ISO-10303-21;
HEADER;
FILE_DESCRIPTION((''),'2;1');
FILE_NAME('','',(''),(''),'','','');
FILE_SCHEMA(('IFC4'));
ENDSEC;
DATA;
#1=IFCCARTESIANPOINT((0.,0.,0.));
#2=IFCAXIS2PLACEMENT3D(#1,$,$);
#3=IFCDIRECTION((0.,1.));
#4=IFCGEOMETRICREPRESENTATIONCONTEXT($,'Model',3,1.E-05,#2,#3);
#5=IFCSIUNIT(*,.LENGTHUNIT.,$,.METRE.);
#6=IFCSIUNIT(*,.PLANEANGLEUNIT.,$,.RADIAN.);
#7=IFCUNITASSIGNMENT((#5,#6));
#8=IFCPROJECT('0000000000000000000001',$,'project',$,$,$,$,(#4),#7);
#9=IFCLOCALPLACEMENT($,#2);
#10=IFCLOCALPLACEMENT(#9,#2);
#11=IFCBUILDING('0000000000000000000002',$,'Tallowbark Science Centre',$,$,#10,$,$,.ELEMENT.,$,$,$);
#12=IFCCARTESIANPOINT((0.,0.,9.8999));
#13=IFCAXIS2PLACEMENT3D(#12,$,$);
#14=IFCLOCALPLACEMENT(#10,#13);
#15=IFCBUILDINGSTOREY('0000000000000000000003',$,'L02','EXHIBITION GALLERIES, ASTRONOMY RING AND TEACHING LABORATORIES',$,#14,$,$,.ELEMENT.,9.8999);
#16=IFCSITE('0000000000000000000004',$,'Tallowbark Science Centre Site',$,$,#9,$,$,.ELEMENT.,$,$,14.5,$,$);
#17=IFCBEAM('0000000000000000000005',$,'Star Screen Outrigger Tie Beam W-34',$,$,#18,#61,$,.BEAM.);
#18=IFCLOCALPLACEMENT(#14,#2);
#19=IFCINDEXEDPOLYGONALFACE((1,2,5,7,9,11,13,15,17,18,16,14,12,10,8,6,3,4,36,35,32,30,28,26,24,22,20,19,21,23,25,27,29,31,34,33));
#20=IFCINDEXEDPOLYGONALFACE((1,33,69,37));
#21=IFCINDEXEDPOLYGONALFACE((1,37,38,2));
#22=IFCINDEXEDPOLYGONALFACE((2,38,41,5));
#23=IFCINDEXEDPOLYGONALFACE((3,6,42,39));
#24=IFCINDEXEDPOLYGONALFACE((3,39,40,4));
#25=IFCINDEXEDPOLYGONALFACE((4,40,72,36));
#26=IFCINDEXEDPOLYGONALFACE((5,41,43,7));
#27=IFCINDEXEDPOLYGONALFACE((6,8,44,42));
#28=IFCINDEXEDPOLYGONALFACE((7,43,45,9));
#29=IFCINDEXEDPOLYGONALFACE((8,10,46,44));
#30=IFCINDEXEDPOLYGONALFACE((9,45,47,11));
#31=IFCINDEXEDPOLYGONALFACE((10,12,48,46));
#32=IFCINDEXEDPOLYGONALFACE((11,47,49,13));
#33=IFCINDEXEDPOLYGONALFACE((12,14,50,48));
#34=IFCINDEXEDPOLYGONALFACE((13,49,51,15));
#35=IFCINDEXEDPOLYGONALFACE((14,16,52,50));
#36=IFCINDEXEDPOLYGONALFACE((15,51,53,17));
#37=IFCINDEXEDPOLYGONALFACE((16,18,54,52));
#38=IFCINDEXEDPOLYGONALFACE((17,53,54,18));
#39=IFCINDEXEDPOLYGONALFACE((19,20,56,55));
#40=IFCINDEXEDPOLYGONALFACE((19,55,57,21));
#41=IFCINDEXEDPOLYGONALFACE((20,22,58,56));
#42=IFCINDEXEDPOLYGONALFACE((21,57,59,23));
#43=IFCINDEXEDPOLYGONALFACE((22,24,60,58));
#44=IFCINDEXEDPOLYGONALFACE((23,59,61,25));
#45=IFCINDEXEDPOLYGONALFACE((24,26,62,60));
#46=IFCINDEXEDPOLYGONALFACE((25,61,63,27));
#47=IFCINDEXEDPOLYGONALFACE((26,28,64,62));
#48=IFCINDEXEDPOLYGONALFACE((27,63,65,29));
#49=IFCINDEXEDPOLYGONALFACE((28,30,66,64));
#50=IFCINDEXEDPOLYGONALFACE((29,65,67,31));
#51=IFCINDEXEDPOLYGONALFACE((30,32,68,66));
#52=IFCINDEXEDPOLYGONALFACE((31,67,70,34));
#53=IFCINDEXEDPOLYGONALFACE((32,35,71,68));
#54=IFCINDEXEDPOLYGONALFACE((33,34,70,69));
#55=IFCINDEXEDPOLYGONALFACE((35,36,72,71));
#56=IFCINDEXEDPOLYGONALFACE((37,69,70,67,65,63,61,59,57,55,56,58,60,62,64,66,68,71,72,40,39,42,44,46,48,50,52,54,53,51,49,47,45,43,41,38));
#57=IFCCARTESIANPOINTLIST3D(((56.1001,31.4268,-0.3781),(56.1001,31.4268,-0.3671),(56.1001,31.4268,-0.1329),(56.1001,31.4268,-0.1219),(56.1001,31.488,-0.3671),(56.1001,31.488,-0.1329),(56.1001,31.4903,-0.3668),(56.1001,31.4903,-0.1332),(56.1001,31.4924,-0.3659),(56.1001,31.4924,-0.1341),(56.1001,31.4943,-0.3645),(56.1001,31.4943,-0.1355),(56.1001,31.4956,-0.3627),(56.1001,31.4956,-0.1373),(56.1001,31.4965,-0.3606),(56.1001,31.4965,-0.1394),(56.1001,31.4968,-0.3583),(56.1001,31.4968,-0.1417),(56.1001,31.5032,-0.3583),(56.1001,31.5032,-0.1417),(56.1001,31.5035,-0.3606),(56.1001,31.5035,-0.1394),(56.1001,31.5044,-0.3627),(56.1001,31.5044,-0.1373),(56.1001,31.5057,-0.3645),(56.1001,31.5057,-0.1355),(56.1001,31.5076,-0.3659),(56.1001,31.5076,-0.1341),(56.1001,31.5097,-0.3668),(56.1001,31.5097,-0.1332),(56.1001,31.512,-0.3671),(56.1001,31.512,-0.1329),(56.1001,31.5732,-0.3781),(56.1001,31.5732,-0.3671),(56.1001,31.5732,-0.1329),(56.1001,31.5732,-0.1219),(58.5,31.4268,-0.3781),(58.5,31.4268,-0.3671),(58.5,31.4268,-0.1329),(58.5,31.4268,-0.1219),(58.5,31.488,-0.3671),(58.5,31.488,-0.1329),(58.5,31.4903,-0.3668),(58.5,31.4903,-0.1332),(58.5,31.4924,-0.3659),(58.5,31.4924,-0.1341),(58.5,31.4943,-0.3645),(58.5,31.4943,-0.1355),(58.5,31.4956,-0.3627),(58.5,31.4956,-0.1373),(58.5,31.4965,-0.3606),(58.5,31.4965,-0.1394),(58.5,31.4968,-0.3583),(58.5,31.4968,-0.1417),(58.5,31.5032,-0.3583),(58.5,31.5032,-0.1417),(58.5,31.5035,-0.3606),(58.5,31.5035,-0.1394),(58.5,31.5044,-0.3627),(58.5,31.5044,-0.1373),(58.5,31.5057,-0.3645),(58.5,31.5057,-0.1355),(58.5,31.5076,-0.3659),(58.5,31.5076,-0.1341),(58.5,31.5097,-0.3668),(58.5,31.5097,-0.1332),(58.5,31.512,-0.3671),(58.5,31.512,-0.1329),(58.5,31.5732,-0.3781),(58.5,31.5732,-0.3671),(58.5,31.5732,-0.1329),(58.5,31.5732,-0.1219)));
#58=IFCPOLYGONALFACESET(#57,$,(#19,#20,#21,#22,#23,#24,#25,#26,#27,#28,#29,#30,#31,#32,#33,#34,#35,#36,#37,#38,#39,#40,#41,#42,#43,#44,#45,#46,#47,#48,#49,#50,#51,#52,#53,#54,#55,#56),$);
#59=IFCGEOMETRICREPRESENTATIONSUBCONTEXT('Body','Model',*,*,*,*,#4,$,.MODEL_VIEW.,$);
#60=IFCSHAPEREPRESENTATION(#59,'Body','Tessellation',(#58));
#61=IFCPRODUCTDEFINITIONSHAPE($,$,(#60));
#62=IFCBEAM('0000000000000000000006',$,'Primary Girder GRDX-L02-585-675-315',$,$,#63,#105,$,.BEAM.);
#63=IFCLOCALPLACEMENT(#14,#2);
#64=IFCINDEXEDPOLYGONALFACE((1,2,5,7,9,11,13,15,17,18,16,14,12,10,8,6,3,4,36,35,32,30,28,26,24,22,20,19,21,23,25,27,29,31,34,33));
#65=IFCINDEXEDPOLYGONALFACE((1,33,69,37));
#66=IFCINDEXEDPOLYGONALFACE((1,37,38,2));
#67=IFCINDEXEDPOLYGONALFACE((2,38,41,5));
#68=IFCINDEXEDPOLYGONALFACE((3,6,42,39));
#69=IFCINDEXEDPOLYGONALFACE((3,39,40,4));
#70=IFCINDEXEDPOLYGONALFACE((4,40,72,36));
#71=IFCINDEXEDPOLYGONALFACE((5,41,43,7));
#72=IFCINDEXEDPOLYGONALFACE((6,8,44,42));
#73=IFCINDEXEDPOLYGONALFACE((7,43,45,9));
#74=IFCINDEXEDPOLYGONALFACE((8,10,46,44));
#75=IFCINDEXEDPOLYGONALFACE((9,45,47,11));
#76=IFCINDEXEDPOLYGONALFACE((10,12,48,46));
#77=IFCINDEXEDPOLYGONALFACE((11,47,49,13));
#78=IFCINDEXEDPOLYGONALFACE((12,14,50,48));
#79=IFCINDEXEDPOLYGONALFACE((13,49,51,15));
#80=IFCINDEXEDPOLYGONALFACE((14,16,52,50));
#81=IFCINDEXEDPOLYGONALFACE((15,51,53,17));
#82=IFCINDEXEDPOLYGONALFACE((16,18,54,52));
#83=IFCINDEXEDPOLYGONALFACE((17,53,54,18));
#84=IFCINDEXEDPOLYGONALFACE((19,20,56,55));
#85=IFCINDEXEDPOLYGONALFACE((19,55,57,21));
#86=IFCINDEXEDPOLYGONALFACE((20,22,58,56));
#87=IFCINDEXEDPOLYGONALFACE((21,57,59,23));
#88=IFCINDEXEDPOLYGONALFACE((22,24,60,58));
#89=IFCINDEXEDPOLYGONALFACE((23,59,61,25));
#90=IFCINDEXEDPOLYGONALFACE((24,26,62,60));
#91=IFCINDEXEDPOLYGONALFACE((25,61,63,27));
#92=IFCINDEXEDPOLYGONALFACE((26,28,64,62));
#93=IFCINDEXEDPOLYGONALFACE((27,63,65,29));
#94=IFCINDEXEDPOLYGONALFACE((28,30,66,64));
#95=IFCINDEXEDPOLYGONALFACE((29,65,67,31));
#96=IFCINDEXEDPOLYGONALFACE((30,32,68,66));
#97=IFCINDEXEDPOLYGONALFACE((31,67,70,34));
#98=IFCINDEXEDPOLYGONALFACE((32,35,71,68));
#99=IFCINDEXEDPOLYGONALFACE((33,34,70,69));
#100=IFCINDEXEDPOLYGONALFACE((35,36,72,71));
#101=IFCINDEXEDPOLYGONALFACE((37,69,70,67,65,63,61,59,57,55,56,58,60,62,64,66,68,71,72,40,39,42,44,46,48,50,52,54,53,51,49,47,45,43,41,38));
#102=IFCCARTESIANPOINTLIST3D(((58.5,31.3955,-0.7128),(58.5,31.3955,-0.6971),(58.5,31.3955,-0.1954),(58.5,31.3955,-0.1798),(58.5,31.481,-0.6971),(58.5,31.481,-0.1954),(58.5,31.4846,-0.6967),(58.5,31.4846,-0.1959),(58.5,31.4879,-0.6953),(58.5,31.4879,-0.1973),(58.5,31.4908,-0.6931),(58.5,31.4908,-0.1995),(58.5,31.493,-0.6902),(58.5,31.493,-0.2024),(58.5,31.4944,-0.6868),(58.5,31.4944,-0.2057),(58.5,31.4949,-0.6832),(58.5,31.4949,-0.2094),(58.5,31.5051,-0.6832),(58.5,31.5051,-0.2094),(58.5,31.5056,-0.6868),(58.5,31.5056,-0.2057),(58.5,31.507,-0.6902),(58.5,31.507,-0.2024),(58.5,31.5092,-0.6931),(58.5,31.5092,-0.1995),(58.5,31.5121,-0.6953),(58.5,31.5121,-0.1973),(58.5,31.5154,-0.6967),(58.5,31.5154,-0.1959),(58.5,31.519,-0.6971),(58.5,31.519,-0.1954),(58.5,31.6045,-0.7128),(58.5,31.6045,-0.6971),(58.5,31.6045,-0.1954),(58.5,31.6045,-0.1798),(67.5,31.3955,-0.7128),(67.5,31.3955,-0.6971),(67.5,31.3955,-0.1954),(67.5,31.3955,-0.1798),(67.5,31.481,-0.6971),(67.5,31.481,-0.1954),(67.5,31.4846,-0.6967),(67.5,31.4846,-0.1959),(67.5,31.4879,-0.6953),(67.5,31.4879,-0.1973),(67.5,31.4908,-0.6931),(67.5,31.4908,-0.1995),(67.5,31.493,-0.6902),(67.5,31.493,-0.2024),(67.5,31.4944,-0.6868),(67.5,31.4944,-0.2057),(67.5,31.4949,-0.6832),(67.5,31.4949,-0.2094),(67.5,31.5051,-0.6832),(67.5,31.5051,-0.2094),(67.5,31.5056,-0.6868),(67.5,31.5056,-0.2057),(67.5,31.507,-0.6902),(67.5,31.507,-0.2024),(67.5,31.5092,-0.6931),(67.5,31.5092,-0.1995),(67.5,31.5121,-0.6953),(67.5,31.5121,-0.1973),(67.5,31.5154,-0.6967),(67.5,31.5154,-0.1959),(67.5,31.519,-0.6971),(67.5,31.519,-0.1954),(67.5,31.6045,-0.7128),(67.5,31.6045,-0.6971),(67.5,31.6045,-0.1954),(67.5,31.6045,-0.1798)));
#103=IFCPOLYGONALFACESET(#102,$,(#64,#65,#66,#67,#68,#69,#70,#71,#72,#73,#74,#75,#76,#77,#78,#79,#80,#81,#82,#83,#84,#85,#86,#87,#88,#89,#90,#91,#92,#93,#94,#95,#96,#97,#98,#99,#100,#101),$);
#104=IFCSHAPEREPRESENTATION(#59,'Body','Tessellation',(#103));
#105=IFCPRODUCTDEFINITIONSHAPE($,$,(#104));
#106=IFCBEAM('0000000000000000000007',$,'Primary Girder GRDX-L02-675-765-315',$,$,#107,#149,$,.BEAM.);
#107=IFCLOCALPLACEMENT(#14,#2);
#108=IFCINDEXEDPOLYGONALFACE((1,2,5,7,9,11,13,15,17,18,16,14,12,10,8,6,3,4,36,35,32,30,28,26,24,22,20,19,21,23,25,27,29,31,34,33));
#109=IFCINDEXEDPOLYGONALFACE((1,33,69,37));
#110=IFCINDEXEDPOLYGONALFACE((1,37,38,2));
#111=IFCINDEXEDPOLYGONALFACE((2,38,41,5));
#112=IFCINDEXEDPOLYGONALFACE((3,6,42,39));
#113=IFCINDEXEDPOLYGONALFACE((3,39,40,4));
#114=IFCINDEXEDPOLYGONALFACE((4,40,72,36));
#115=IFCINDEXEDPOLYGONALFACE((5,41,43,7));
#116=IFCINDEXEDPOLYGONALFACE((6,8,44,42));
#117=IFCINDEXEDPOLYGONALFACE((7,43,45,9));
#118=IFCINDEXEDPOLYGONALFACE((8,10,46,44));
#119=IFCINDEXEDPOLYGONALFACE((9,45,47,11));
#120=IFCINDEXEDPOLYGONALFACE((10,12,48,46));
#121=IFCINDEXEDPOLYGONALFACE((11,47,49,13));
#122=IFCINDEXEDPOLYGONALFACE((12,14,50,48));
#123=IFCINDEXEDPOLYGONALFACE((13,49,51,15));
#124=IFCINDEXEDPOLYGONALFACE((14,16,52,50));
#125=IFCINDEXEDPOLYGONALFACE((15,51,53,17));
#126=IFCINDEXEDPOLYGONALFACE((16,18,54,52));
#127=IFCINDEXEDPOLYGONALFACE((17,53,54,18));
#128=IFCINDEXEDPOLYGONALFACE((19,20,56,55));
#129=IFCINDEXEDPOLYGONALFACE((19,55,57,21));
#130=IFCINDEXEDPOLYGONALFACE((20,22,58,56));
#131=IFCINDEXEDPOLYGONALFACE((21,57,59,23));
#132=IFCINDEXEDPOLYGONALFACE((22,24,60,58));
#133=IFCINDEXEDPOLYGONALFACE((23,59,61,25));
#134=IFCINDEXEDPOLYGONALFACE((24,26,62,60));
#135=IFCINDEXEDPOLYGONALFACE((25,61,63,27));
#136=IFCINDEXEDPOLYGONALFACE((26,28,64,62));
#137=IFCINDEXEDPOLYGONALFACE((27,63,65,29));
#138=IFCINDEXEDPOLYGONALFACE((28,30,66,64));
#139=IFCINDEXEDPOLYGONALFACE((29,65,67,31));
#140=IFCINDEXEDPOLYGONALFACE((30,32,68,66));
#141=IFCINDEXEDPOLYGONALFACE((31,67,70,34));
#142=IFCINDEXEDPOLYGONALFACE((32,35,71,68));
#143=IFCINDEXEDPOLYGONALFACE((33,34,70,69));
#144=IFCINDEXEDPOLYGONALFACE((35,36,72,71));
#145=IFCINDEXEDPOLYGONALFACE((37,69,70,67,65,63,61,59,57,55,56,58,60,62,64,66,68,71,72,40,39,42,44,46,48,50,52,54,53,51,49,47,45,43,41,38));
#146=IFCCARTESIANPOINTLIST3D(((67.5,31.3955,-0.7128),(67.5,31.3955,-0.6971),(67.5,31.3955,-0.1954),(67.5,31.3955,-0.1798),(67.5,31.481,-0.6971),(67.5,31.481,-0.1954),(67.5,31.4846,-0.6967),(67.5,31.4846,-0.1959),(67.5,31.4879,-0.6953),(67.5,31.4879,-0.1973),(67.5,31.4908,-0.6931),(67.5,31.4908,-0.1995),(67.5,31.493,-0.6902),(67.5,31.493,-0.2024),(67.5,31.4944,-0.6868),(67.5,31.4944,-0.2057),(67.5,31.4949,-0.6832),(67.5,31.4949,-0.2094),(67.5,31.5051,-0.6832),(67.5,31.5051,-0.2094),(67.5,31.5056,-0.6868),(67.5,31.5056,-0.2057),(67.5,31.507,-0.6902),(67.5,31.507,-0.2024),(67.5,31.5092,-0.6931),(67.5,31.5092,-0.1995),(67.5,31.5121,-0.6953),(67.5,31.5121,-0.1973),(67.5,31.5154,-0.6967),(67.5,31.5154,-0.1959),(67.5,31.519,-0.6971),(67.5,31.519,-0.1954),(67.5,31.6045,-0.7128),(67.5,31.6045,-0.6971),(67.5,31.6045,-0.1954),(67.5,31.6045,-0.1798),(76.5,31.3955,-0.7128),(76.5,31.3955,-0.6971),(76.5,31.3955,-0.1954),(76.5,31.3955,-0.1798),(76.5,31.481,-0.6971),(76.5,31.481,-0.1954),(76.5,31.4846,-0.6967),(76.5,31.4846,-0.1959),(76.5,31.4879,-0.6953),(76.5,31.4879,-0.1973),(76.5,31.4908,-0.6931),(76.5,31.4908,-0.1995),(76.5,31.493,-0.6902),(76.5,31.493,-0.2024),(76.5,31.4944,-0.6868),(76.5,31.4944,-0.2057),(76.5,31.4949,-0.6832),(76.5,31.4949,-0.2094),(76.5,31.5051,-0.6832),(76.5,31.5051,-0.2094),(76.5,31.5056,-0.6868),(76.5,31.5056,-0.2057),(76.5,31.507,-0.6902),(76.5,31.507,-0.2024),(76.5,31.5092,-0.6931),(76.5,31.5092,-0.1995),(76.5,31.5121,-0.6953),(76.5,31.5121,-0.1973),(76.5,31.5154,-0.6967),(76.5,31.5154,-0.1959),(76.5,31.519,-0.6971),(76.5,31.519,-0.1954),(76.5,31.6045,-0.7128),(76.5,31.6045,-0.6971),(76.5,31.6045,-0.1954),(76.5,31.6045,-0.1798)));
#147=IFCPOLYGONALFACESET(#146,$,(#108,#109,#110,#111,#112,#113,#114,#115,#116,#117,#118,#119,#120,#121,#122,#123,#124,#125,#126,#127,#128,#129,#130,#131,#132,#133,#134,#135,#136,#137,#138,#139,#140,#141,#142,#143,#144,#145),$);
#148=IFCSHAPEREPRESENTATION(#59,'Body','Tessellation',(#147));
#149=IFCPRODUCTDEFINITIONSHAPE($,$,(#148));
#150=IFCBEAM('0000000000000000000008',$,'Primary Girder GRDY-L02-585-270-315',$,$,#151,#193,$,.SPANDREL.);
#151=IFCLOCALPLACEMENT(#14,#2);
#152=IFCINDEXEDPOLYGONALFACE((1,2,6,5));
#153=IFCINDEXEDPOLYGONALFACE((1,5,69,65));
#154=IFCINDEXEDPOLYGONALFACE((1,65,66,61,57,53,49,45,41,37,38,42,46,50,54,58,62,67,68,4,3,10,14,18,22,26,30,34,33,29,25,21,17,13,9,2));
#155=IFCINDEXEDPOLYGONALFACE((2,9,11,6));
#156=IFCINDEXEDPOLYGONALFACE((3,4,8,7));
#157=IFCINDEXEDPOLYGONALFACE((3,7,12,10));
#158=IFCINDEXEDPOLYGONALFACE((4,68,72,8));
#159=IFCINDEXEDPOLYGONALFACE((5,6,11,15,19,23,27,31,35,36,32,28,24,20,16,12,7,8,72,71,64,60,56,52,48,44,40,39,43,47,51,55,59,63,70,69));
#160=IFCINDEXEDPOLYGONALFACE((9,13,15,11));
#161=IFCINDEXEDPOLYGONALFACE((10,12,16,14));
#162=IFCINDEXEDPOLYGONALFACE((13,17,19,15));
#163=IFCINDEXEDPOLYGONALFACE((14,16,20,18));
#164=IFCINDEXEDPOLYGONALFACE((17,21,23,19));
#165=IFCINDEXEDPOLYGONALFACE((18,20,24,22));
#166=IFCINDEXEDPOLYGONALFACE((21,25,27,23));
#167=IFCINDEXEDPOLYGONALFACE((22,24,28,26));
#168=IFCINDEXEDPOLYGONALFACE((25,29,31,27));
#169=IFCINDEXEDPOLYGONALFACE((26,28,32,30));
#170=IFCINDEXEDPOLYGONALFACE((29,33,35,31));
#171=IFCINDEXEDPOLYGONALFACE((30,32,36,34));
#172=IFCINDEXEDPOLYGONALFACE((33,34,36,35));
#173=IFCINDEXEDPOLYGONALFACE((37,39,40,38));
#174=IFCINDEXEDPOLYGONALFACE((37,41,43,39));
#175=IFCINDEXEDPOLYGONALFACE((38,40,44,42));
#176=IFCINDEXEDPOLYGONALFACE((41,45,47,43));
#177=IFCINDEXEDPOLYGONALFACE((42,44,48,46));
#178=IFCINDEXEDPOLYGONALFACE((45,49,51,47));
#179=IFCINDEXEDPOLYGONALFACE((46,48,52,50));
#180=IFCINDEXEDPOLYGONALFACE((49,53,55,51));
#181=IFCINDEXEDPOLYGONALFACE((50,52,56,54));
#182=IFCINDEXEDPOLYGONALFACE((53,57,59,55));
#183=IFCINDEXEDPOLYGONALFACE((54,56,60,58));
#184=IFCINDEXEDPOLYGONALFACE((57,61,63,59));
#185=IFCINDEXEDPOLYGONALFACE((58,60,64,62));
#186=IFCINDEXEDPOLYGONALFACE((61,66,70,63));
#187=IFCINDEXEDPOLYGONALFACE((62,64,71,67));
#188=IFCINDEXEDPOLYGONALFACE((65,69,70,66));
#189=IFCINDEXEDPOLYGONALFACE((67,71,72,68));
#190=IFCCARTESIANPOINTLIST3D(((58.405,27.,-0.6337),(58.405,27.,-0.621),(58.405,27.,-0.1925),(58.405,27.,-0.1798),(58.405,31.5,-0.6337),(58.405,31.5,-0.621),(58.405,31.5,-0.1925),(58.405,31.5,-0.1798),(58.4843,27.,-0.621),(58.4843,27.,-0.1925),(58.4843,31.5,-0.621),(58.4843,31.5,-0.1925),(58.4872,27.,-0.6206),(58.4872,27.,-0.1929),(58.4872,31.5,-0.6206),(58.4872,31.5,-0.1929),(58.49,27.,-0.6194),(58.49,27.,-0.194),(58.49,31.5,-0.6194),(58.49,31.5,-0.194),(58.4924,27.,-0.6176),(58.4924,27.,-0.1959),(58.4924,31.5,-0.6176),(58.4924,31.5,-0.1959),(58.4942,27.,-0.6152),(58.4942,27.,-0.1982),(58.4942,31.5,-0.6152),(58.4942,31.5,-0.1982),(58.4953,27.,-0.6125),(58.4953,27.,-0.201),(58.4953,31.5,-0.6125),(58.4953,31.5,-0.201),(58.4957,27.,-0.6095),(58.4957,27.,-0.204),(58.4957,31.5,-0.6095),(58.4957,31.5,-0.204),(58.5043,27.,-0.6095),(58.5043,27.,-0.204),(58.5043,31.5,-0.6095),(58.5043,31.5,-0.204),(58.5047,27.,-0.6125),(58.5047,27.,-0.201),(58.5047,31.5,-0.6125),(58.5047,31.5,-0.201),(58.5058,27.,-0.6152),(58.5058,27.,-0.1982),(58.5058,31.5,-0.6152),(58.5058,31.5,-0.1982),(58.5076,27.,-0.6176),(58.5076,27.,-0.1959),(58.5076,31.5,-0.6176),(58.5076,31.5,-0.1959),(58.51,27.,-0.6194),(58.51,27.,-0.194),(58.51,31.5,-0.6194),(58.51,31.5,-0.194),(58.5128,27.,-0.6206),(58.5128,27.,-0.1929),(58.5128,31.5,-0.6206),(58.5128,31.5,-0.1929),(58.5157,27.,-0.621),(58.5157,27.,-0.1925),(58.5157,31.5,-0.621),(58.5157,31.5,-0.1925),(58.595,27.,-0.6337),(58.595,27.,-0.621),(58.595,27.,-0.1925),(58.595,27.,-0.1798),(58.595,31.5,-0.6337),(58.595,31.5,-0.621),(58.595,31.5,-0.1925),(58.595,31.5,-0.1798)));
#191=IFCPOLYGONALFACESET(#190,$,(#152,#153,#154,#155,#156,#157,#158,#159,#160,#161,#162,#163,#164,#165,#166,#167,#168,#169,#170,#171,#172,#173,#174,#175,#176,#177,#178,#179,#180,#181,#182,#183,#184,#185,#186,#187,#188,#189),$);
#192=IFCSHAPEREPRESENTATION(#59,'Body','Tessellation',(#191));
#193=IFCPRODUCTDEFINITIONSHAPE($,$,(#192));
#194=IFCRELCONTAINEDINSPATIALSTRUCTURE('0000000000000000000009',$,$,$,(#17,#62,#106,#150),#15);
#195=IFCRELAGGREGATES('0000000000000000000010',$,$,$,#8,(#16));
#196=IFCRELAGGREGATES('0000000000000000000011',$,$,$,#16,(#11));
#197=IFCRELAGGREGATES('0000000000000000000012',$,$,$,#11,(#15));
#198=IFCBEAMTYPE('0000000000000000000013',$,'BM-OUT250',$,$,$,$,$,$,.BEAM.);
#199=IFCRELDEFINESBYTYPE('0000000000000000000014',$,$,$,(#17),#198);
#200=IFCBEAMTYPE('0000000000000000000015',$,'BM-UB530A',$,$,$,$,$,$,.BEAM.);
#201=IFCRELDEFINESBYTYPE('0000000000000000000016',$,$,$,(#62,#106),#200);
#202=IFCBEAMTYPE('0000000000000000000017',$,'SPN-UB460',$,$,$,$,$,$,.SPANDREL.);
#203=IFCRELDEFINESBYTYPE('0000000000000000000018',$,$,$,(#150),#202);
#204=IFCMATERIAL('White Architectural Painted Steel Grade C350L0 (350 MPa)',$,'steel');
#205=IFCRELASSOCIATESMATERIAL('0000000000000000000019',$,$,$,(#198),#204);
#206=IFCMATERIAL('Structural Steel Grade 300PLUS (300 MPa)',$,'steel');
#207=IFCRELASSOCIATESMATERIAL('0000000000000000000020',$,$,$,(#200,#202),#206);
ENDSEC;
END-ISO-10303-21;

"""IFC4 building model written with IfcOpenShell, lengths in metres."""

from ifc_helpers import new_model, si_unit, direction, frame, origin, origin_2d, place, context, subcontext, project, spatial, i_section, extrude, material, material_profile, profile_set, type_object, element, save


model = new_model("IFC4")

# Units and contexts
model_context = context("Model", 3, precision=1e-05, world=origin(), true_north=direction((0.0, 1.0)))
body_context = subcontext(model_context, "Body", "Model", "MODEL_VIEW")
ifc_project = project(units=[si_unit("LENGTHUNIT", "METRE"), si_unit("PLANEANGLEUNIT", "RADIAN")], contexts=[model_context])

# Site, building, storey
site_placement = place(None, origin())
site = spatial("IfcSite", under=ifc_project, at=site_placement, Name="Tallowbark Science Centre Site", CompositionType="ELEMENT", RefElevation=14.5)
building_placement = place(site_placement, origin())
building = spatial("IfcBuilding", under=site, at=building_placement, Name="Tallowbark Science Centre", CompositionType="ELEMENT")
storey_placement = place(building_placement, frame((0.0, 0.0, 9.8999)))
storey = spatial("IfcBuildingStorey", under=building, at=storey_placement, Name="L02", Description="EXHIBITION GALLERIES, ASTRONOMY RING AND TEACHING LABORATORIES", CompositionType="ELEMENT", Elevation=9.8999)

# Shared definitions
ifc_material_1 = material(Name="Structural Steel Grade 300PLUS (300 MPa)", Category="steel")

# Beams
ifc_material_2 = material(Name="White Architectural Painted Steel Grade C350L0 (350 MPa)", Category="steel")
ifc_material_profile_1 = material_profile(ifc_material_2, i_section(OverallWidth=0.1465, OverallDepth=0.2561, WebThickness=0.0063, FlangeThickness=0.011, FilletRadius=0.0088, at=origin_2d()), Name="250UB37.3")
ifc_profile_set_1 = profile_set([ifc_material_profile_1], Name="White Architectural Painted Steel Grade C350L0 (350 MPa)")
beam_type_1 = type_object("IfcBeamType", Name="BM-OUT250", PredefinedType="BEAM", material=ifc_profile_set_1)
beam_placement = place(storey_placement, frame((58.5, 31.5, -0.25), z_axis=(-1.0, 0.0, 0.0), x_axis=(0.0, -1.0, 0.0)))
element("IfcBeam", 1, at=beam_placement, inside=storey, type_object=beam_type_1, Name="Star Screen Outrigger Tie Beam W-34", PredefinedType="BEAM", context=body_context, shape_type="SweptSolid", body=[
    extrude(i_section(OverallWidth=0.1465, OverallDepth=0.2561, WebThickness=0.0063, FlangeThickness=0.011, FilletRadius=0.0088, at=origin_2d()), origin(), (0.0, 0.0, 1.0), 2.3999),
])
ifc_material_profile_2 = material_profile(ifc_material_1, i_section(OverallWidth=0.209, OverallDepth=0.533, WebThickness=0.0103, FlangeThickness=0.0156, FilletRadius=0.0139, at=origin_2d()), Name="530UB92.4")
ifc_profile_set_2 = profile_set([ifc_material_profile_2], Name="Structural Steel Grade 300PLUS (300 MPa)")
beam_type_2 = type_object("IfcBeamType", Name="BM-UB530A", PredefinedType="BEAM", material=ifc_profile_set_2)
for number, where, z_axis, x_axis, name in (
    (2, (58.5, 31.5, -0.4463), (1.0, 0.0, 0.0), (0.0, 1.0, 0.0), "Primary Girder GRDX-L02-585-675-315"),
    (3, (67.5, 31.5, -0.4463), (1.0, 0.0, 0.0), (0.0, 1.0, 0.0), "Primary Girder GRDX-L02-675-765-315"),
):
    element("IfcBeam", number, at=place(storey_placement, frame(where, z_axis=z_axis, x_axis=x_axis)), inside=storey, type_object=beam_type_2, Name=name, PredefinedType="BEAM", context=body_context, shape_type="SweptSolid", body=[
        extrude(i_section(OverallWidth=0.209, OverallDepth=0.533, WebThickness=0.0103, FlangeThickness=0.0156, FilletRadius=0.0139, at=origin_2d()), origin(), (0.0, 0.0, 1.0), 9.0),
    ])
ifc_material_profile_3 = material_profile(ifc_material_1, i_section(OverallWidth=0.1899, OverallDepth=0.4539, WebThickness=0.0085, FlangeThickness=0.0127, FilletRadius=0.0115, at=origin_2d()), Name="460UB67.1")
ifc_profile_set_3 = profile_set([ifc_material_profile_3], Name="Structural Steel Grade 300PLUS (300 MPa)")
beam_type_3 = type_object("IfcBeamType", Name="SPN-UB460", PredefinedType="SPANDREL", material=ifc_profile_set_3)
for number, where, z_axis, x_axis, name in (
    (4, (58.5, 27.0, -0.4067), (0.0, 1.0, 0.0), (-1.0, 0.0, 0.0), "Primary Girder GRDY-L02-585-270-315"),
):
    element("IfcBeam", number, at=place(storey_placement, frame(where, z_axis=z_axis, x_axis=x_axis)), inside=storey, type_object=beam_type_3, Name=name, PredefinedType="SPANDREL", context=body_context, shape_type="SweptSolid", body=[
        extrude(i_section(OverallWidth=0.1899, OverallDepth=0.4539, WebThickness=0.0085, FlangeThickness=0.0127, FilletRadius=0.0115, at=origin_2d()), origin(), (0.0, 0.0, 1.0), 4.5),
    ])

save(model, "model.ifc")
